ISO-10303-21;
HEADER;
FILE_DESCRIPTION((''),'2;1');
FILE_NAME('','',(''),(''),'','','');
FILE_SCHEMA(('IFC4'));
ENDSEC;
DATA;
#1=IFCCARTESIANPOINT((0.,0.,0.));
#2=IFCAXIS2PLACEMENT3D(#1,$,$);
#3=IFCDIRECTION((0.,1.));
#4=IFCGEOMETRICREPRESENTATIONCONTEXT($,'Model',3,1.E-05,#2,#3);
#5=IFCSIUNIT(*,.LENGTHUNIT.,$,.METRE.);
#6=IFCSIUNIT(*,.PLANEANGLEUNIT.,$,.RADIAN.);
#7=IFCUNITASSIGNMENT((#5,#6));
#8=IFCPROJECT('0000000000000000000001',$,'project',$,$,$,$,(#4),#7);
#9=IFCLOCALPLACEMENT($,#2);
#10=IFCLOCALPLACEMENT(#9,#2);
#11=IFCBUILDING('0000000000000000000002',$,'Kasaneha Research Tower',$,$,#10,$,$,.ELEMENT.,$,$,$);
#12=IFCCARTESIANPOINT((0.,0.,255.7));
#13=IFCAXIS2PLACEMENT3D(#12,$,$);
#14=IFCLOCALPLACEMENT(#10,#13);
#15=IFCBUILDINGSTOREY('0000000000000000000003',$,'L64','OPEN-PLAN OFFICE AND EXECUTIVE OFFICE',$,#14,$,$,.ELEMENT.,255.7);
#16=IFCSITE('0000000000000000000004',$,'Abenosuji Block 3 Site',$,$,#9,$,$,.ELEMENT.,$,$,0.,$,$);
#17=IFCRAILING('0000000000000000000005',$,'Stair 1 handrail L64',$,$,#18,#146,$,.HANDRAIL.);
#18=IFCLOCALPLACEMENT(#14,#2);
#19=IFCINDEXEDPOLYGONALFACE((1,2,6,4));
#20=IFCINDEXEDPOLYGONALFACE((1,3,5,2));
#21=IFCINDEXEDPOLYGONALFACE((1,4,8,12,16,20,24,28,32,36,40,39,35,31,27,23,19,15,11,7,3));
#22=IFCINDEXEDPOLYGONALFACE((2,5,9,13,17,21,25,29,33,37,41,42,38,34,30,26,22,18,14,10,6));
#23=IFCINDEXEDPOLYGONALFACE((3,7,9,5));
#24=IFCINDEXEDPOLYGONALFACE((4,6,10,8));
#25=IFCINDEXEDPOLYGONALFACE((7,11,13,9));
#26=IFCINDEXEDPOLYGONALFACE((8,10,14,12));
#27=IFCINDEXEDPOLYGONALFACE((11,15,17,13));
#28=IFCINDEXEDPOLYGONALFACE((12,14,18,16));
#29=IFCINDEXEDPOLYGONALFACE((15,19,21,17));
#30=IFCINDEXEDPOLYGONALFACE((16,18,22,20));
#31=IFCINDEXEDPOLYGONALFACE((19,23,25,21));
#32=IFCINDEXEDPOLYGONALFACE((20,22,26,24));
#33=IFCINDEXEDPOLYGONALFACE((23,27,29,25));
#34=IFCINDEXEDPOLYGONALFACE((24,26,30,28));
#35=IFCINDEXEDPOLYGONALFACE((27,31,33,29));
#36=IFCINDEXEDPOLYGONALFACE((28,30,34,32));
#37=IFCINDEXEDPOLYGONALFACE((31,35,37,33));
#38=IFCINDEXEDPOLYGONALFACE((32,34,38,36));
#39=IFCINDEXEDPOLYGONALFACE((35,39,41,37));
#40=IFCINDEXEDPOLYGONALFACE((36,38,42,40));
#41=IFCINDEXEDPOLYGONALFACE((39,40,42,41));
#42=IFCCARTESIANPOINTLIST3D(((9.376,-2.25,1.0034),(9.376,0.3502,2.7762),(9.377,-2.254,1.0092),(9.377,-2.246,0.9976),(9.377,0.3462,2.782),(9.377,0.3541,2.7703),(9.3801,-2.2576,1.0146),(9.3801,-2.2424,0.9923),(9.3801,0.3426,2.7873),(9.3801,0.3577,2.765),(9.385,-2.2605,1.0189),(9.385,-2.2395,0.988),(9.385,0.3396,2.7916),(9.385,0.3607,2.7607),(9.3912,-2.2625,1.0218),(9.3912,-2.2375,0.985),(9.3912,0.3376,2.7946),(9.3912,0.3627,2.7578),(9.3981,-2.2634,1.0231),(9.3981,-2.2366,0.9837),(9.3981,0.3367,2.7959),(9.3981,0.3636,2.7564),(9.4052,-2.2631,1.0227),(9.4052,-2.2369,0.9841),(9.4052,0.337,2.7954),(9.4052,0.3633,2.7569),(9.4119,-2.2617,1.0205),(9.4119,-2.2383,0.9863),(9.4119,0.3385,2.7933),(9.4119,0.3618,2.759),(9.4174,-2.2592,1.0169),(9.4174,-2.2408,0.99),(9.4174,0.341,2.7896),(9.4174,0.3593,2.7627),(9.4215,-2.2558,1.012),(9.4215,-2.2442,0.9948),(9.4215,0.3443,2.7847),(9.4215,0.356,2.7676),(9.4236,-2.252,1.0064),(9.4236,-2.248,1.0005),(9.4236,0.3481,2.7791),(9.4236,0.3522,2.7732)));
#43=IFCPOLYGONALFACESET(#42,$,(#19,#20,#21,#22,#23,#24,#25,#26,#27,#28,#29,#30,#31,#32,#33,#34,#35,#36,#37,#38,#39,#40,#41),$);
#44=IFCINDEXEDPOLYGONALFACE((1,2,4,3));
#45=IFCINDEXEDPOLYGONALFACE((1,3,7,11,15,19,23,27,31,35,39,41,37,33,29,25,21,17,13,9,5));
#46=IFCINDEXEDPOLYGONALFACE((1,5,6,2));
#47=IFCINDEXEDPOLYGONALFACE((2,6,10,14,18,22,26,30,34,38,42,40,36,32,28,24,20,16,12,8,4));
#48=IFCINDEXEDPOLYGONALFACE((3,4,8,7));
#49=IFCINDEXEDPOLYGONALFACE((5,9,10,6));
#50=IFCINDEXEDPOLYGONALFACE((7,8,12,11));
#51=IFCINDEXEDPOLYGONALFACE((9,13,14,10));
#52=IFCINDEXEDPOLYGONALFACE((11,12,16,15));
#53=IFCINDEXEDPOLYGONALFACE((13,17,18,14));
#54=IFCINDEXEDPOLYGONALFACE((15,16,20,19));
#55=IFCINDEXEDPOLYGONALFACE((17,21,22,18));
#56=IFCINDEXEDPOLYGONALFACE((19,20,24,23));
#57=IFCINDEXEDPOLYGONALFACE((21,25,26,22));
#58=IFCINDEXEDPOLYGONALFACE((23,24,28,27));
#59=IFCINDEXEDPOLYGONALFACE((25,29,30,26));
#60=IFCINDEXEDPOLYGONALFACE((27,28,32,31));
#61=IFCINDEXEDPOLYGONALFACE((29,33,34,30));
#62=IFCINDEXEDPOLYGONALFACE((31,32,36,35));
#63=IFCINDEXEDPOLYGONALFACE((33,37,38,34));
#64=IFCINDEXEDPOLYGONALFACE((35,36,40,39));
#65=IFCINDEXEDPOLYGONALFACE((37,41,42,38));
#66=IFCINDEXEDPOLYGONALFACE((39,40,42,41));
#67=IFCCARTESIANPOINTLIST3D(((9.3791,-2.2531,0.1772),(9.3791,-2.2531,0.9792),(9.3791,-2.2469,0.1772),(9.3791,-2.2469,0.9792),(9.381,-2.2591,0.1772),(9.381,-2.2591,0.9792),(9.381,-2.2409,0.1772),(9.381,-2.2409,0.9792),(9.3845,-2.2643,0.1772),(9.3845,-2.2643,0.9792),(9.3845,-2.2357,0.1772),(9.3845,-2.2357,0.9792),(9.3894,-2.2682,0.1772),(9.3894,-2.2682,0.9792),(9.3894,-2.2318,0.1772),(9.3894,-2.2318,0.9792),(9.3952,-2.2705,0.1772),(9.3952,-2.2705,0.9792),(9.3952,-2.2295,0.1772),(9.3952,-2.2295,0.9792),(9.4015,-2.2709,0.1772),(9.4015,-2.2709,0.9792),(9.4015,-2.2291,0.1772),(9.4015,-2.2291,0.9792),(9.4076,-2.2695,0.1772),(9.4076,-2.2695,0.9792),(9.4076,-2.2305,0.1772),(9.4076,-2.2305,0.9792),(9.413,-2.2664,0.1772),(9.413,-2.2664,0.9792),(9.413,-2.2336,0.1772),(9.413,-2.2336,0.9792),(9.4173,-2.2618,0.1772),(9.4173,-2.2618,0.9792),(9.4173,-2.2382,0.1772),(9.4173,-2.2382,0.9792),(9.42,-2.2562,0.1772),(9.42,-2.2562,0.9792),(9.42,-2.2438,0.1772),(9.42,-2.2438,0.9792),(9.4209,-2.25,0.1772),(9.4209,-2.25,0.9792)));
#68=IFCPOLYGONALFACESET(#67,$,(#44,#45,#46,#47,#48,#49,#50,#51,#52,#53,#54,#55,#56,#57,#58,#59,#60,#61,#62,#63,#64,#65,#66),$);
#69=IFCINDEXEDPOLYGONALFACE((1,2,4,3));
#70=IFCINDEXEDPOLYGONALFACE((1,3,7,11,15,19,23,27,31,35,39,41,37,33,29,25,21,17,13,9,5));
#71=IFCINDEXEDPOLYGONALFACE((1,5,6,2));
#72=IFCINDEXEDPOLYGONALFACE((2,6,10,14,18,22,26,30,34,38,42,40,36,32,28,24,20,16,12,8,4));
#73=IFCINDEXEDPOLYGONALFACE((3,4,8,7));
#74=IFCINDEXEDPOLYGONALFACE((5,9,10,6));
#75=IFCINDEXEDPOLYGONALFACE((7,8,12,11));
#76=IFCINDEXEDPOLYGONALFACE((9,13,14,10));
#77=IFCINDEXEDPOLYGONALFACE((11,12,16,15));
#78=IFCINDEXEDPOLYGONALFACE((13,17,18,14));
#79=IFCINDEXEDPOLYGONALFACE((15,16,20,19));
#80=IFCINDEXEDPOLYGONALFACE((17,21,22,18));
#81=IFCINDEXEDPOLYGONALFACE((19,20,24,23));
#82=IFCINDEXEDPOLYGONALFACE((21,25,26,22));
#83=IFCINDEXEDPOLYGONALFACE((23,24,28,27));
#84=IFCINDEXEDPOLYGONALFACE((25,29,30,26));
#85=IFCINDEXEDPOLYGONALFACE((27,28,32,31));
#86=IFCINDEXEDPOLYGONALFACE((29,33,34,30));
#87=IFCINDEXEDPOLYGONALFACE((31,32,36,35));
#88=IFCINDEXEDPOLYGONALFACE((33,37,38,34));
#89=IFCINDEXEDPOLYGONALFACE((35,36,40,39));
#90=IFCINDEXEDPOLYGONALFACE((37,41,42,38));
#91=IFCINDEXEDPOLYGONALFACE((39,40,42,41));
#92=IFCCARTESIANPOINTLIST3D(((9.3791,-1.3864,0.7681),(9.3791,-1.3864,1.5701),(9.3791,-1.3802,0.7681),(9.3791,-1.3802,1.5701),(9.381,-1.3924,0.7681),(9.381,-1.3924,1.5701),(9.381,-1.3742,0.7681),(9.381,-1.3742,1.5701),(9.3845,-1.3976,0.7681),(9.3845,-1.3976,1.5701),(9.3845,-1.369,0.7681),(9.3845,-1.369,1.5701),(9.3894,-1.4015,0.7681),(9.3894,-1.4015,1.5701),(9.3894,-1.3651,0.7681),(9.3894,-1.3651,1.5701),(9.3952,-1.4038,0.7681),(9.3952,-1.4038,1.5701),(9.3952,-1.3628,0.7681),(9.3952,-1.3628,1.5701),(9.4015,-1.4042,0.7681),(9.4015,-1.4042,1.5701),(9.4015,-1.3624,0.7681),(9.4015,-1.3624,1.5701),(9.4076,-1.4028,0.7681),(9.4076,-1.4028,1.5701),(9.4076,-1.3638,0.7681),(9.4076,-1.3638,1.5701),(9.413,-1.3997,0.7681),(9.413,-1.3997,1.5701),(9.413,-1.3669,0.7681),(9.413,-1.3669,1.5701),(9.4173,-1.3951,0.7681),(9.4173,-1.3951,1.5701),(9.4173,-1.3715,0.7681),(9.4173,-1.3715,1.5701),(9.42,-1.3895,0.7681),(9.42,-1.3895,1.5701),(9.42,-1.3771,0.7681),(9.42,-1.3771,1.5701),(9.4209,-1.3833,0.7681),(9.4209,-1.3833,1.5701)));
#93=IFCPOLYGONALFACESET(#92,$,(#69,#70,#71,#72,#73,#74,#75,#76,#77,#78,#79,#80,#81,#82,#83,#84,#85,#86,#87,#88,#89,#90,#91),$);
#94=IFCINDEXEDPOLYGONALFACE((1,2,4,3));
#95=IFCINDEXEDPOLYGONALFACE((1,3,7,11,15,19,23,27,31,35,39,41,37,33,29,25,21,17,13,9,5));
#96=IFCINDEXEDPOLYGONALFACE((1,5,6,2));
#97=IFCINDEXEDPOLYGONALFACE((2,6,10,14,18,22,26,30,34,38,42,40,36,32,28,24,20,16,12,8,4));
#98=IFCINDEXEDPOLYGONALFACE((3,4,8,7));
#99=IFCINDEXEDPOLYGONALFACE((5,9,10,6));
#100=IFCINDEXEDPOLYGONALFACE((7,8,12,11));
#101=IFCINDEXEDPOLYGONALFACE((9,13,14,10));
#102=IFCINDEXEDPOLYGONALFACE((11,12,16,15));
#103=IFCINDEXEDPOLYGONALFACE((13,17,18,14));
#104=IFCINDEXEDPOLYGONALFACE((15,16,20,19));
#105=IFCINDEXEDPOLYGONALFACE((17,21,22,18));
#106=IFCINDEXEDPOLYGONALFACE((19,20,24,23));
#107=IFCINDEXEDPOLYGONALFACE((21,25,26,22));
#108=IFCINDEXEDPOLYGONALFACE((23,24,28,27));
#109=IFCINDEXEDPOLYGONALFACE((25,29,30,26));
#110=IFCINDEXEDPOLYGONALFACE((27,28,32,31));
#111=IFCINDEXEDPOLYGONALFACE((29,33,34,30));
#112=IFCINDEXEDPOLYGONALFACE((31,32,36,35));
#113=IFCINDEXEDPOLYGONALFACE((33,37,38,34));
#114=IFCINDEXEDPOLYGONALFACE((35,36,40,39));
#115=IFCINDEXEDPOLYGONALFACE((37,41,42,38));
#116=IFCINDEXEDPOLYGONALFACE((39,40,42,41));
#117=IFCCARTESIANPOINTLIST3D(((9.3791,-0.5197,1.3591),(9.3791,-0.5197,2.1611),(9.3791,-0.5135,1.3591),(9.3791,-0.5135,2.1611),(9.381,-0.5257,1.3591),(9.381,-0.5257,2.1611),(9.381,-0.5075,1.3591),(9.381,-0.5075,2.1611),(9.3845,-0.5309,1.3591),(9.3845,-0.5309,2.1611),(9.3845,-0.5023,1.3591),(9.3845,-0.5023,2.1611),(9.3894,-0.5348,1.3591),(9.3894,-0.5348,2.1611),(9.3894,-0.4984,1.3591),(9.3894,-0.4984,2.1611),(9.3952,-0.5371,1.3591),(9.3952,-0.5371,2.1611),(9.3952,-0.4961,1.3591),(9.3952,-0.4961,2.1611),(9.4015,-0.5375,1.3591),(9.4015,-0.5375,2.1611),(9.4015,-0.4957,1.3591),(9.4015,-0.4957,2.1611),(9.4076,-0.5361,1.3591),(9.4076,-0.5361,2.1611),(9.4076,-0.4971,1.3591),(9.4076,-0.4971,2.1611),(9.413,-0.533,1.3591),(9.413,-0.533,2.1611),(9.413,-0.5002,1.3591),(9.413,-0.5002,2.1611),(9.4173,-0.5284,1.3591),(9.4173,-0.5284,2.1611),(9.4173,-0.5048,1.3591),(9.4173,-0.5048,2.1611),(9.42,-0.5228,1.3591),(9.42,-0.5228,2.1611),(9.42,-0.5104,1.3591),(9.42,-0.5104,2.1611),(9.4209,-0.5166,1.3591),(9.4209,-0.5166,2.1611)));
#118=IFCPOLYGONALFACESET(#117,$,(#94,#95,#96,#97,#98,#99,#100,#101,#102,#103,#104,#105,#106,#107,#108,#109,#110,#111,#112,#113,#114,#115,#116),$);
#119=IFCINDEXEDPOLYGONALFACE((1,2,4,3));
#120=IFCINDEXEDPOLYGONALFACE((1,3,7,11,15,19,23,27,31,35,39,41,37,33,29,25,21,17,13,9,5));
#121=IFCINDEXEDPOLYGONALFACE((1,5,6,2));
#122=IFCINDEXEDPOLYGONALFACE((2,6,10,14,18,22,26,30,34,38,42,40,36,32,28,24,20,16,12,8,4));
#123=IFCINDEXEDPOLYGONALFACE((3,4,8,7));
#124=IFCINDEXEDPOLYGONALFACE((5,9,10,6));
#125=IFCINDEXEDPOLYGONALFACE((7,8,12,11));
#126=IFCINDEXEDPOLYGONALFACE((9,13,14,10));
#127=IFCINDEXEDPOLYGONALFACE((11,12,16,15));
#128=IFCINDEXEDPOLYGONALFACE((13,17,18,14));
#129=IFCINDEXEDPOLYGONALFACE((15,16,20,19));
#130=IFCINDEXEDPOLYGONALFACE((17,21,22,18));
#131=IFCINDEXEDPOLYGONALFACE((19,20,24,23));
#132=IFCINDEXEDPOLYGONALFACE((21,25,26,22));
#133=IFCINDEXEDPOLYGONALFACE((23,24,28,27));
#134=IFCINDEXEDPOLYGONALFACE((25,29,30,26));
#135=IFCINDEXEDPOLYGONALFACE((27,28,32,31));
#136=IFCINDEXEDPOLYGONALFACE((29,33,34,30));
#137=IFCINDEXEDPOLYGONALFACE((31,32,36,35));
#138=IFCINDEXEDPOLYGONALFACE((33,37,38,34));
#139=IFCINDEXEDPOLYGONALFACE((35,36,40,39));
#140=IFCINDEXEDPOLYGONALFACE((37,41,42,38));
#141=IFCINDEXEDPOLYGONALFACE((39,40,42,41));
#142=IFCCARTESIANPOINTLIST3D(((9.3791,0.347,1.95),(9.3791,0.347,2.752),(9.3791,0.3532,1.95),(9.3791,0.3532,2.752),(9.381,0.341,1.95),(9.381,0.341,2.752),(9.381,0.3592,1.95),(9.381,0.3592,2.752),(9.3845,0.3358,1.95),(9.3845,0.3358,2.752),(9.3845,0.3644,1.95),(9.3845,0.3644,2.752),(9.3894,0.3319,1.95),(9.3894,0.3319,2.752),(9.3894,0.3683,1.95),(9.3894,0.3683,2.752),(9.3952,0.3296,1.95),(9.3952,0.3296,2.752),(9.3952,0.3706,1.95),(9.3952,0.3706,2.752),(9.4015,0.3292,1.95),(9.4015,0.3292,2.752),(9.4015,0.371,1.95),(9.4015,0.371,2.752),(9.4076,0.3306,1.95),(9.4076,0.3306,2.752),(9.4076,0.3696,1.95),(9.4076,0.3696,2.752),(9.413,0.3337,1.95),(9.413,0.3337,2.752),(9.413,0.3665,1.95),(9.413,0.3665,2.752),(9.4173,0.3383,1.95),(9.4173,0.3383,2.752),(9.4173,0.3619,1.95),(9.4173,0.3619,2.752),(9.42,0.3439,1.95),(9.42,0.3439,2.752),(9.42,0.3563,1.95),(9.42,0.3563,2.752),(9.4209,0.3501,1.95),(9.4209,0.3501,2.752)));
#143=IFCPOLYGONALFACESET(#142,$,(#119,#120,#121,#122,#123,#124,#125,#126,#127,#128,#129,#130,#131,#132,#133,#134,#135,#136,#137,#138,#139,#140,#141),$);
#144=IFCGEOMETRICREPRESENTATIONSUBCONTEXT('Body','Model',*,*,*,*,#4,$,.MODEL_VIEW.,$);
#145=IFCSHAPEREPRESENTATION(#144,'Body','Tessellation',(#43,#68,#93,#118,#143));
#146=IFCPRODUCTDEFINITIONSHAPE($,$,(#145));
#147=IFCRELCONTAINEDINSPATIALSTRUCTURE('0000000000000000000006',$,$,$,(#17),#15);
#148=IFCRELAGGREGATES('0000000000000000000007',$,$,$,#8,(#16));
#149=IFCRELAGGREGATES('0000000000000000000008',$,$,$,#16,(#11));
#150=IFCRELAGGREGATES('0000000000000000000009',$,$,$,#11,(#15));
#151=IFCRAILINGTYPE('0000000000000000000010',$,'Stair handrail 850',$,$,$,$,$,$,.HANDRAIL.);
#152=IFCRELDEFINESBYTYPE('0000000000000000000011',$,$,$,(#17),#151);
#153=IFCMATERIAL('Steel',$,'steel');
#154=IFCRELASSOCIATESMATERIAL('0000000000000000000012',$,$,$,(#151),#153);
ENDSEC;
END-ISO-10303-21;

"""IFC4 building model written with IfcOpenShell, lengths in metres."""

from ifc_helpers import new_model, si_unit, direction, frame, origin, origin_2d, place, context, subcontext, project, spatial, circle, extrude, material, type_object, element, save


model = new_model("IFC4")

# Units and contexts
model_context = context("Model", 3, precision=1e-05, world=origin(), true_north=direction((0.0, 1.0)))
body_context = subcontext(model_context, "Body", "Model", "MODEL_VIEW")
ifc_project = project(units=[si_unit("LENGTHUNIT", "METRE"), si_unit("PLANEANGLEUNIT", "RADIAN")], contexts=[model_context])

# Site, building, storey
site_placement = place(None, origin())
site = spatial("IfcSite", under=ifc_project, at=site_placement, Name="Abenosuji Block 3 Site", CompositionType="ELEMENT", RefElevation=0.0)
building_placement = place(site_placement, origin())
building = spatial("IfcBuilding", under=site, at=building_placement, Name="Kasaneha Research Tower", CompositionType="ELEMENT")
storey_placement = place(building_placement, frame((0.0, 0.0, 255.7)))
storey = spatial("IfcBuildingStorey", under=building, at=storey_placement, Name="L64", Description="OPEN-PLAN OFFICE AND EXECUTIVE OFFICE", CompositionType="ELEMENT", Elevation=255.7)

# Railing
ifc_material_1 = material(Name="Steel", Category="steel")
railing_type_1 = type_object("IfcRailingType", Name="Stair handrail 850", PredefinedType="HANDRAIL", material=ifc_material_1)
railing_1_placement = place(storey_placement, frame((9.3999, -2.25, 0.1772)))
element("IfcRailing", 1, at=railing_1_placement, inside=storey, type_object=railing_type_1, Name="Stair 1 handrail L64", PredefinedType="HANDRAIL", context=body_context, shape_type="SweptSolid", body=[
    extrude(circle(Radius=0.0239, at=origin_2d()), frame((0.0, 0.0, 0.8262), z_axis=(0.0, 0.82624, 0.563318), x_axis=(-1.0, 0.0, 0.0)), (0.0, 0.0, 1.0), 3.147),
    extrude(circle(Radius=0.021, at=origin_2d()), origin(), (0.0, 0.0, 1.0), 0.802),
    extrude(circle(Radius=0.021, at=origin_2d()), frame((0.0, 0.8667, 0.5908)), (0.0, 0.0, 1.0), 0.802),
    extrude(circle(Radius=0.021, at=origin_2d()), frame((0.0, 1.7334, 1.1819)), (0.0, 0.0, 1.0), 0.802),
    extrude(circle(Radius=0.021, at=origin_2d()), frame((0.0, 2.6001, 1.7727)), (0.0, 0.0, 1.0), 0.802),
])

save(model, "model.ifc")
